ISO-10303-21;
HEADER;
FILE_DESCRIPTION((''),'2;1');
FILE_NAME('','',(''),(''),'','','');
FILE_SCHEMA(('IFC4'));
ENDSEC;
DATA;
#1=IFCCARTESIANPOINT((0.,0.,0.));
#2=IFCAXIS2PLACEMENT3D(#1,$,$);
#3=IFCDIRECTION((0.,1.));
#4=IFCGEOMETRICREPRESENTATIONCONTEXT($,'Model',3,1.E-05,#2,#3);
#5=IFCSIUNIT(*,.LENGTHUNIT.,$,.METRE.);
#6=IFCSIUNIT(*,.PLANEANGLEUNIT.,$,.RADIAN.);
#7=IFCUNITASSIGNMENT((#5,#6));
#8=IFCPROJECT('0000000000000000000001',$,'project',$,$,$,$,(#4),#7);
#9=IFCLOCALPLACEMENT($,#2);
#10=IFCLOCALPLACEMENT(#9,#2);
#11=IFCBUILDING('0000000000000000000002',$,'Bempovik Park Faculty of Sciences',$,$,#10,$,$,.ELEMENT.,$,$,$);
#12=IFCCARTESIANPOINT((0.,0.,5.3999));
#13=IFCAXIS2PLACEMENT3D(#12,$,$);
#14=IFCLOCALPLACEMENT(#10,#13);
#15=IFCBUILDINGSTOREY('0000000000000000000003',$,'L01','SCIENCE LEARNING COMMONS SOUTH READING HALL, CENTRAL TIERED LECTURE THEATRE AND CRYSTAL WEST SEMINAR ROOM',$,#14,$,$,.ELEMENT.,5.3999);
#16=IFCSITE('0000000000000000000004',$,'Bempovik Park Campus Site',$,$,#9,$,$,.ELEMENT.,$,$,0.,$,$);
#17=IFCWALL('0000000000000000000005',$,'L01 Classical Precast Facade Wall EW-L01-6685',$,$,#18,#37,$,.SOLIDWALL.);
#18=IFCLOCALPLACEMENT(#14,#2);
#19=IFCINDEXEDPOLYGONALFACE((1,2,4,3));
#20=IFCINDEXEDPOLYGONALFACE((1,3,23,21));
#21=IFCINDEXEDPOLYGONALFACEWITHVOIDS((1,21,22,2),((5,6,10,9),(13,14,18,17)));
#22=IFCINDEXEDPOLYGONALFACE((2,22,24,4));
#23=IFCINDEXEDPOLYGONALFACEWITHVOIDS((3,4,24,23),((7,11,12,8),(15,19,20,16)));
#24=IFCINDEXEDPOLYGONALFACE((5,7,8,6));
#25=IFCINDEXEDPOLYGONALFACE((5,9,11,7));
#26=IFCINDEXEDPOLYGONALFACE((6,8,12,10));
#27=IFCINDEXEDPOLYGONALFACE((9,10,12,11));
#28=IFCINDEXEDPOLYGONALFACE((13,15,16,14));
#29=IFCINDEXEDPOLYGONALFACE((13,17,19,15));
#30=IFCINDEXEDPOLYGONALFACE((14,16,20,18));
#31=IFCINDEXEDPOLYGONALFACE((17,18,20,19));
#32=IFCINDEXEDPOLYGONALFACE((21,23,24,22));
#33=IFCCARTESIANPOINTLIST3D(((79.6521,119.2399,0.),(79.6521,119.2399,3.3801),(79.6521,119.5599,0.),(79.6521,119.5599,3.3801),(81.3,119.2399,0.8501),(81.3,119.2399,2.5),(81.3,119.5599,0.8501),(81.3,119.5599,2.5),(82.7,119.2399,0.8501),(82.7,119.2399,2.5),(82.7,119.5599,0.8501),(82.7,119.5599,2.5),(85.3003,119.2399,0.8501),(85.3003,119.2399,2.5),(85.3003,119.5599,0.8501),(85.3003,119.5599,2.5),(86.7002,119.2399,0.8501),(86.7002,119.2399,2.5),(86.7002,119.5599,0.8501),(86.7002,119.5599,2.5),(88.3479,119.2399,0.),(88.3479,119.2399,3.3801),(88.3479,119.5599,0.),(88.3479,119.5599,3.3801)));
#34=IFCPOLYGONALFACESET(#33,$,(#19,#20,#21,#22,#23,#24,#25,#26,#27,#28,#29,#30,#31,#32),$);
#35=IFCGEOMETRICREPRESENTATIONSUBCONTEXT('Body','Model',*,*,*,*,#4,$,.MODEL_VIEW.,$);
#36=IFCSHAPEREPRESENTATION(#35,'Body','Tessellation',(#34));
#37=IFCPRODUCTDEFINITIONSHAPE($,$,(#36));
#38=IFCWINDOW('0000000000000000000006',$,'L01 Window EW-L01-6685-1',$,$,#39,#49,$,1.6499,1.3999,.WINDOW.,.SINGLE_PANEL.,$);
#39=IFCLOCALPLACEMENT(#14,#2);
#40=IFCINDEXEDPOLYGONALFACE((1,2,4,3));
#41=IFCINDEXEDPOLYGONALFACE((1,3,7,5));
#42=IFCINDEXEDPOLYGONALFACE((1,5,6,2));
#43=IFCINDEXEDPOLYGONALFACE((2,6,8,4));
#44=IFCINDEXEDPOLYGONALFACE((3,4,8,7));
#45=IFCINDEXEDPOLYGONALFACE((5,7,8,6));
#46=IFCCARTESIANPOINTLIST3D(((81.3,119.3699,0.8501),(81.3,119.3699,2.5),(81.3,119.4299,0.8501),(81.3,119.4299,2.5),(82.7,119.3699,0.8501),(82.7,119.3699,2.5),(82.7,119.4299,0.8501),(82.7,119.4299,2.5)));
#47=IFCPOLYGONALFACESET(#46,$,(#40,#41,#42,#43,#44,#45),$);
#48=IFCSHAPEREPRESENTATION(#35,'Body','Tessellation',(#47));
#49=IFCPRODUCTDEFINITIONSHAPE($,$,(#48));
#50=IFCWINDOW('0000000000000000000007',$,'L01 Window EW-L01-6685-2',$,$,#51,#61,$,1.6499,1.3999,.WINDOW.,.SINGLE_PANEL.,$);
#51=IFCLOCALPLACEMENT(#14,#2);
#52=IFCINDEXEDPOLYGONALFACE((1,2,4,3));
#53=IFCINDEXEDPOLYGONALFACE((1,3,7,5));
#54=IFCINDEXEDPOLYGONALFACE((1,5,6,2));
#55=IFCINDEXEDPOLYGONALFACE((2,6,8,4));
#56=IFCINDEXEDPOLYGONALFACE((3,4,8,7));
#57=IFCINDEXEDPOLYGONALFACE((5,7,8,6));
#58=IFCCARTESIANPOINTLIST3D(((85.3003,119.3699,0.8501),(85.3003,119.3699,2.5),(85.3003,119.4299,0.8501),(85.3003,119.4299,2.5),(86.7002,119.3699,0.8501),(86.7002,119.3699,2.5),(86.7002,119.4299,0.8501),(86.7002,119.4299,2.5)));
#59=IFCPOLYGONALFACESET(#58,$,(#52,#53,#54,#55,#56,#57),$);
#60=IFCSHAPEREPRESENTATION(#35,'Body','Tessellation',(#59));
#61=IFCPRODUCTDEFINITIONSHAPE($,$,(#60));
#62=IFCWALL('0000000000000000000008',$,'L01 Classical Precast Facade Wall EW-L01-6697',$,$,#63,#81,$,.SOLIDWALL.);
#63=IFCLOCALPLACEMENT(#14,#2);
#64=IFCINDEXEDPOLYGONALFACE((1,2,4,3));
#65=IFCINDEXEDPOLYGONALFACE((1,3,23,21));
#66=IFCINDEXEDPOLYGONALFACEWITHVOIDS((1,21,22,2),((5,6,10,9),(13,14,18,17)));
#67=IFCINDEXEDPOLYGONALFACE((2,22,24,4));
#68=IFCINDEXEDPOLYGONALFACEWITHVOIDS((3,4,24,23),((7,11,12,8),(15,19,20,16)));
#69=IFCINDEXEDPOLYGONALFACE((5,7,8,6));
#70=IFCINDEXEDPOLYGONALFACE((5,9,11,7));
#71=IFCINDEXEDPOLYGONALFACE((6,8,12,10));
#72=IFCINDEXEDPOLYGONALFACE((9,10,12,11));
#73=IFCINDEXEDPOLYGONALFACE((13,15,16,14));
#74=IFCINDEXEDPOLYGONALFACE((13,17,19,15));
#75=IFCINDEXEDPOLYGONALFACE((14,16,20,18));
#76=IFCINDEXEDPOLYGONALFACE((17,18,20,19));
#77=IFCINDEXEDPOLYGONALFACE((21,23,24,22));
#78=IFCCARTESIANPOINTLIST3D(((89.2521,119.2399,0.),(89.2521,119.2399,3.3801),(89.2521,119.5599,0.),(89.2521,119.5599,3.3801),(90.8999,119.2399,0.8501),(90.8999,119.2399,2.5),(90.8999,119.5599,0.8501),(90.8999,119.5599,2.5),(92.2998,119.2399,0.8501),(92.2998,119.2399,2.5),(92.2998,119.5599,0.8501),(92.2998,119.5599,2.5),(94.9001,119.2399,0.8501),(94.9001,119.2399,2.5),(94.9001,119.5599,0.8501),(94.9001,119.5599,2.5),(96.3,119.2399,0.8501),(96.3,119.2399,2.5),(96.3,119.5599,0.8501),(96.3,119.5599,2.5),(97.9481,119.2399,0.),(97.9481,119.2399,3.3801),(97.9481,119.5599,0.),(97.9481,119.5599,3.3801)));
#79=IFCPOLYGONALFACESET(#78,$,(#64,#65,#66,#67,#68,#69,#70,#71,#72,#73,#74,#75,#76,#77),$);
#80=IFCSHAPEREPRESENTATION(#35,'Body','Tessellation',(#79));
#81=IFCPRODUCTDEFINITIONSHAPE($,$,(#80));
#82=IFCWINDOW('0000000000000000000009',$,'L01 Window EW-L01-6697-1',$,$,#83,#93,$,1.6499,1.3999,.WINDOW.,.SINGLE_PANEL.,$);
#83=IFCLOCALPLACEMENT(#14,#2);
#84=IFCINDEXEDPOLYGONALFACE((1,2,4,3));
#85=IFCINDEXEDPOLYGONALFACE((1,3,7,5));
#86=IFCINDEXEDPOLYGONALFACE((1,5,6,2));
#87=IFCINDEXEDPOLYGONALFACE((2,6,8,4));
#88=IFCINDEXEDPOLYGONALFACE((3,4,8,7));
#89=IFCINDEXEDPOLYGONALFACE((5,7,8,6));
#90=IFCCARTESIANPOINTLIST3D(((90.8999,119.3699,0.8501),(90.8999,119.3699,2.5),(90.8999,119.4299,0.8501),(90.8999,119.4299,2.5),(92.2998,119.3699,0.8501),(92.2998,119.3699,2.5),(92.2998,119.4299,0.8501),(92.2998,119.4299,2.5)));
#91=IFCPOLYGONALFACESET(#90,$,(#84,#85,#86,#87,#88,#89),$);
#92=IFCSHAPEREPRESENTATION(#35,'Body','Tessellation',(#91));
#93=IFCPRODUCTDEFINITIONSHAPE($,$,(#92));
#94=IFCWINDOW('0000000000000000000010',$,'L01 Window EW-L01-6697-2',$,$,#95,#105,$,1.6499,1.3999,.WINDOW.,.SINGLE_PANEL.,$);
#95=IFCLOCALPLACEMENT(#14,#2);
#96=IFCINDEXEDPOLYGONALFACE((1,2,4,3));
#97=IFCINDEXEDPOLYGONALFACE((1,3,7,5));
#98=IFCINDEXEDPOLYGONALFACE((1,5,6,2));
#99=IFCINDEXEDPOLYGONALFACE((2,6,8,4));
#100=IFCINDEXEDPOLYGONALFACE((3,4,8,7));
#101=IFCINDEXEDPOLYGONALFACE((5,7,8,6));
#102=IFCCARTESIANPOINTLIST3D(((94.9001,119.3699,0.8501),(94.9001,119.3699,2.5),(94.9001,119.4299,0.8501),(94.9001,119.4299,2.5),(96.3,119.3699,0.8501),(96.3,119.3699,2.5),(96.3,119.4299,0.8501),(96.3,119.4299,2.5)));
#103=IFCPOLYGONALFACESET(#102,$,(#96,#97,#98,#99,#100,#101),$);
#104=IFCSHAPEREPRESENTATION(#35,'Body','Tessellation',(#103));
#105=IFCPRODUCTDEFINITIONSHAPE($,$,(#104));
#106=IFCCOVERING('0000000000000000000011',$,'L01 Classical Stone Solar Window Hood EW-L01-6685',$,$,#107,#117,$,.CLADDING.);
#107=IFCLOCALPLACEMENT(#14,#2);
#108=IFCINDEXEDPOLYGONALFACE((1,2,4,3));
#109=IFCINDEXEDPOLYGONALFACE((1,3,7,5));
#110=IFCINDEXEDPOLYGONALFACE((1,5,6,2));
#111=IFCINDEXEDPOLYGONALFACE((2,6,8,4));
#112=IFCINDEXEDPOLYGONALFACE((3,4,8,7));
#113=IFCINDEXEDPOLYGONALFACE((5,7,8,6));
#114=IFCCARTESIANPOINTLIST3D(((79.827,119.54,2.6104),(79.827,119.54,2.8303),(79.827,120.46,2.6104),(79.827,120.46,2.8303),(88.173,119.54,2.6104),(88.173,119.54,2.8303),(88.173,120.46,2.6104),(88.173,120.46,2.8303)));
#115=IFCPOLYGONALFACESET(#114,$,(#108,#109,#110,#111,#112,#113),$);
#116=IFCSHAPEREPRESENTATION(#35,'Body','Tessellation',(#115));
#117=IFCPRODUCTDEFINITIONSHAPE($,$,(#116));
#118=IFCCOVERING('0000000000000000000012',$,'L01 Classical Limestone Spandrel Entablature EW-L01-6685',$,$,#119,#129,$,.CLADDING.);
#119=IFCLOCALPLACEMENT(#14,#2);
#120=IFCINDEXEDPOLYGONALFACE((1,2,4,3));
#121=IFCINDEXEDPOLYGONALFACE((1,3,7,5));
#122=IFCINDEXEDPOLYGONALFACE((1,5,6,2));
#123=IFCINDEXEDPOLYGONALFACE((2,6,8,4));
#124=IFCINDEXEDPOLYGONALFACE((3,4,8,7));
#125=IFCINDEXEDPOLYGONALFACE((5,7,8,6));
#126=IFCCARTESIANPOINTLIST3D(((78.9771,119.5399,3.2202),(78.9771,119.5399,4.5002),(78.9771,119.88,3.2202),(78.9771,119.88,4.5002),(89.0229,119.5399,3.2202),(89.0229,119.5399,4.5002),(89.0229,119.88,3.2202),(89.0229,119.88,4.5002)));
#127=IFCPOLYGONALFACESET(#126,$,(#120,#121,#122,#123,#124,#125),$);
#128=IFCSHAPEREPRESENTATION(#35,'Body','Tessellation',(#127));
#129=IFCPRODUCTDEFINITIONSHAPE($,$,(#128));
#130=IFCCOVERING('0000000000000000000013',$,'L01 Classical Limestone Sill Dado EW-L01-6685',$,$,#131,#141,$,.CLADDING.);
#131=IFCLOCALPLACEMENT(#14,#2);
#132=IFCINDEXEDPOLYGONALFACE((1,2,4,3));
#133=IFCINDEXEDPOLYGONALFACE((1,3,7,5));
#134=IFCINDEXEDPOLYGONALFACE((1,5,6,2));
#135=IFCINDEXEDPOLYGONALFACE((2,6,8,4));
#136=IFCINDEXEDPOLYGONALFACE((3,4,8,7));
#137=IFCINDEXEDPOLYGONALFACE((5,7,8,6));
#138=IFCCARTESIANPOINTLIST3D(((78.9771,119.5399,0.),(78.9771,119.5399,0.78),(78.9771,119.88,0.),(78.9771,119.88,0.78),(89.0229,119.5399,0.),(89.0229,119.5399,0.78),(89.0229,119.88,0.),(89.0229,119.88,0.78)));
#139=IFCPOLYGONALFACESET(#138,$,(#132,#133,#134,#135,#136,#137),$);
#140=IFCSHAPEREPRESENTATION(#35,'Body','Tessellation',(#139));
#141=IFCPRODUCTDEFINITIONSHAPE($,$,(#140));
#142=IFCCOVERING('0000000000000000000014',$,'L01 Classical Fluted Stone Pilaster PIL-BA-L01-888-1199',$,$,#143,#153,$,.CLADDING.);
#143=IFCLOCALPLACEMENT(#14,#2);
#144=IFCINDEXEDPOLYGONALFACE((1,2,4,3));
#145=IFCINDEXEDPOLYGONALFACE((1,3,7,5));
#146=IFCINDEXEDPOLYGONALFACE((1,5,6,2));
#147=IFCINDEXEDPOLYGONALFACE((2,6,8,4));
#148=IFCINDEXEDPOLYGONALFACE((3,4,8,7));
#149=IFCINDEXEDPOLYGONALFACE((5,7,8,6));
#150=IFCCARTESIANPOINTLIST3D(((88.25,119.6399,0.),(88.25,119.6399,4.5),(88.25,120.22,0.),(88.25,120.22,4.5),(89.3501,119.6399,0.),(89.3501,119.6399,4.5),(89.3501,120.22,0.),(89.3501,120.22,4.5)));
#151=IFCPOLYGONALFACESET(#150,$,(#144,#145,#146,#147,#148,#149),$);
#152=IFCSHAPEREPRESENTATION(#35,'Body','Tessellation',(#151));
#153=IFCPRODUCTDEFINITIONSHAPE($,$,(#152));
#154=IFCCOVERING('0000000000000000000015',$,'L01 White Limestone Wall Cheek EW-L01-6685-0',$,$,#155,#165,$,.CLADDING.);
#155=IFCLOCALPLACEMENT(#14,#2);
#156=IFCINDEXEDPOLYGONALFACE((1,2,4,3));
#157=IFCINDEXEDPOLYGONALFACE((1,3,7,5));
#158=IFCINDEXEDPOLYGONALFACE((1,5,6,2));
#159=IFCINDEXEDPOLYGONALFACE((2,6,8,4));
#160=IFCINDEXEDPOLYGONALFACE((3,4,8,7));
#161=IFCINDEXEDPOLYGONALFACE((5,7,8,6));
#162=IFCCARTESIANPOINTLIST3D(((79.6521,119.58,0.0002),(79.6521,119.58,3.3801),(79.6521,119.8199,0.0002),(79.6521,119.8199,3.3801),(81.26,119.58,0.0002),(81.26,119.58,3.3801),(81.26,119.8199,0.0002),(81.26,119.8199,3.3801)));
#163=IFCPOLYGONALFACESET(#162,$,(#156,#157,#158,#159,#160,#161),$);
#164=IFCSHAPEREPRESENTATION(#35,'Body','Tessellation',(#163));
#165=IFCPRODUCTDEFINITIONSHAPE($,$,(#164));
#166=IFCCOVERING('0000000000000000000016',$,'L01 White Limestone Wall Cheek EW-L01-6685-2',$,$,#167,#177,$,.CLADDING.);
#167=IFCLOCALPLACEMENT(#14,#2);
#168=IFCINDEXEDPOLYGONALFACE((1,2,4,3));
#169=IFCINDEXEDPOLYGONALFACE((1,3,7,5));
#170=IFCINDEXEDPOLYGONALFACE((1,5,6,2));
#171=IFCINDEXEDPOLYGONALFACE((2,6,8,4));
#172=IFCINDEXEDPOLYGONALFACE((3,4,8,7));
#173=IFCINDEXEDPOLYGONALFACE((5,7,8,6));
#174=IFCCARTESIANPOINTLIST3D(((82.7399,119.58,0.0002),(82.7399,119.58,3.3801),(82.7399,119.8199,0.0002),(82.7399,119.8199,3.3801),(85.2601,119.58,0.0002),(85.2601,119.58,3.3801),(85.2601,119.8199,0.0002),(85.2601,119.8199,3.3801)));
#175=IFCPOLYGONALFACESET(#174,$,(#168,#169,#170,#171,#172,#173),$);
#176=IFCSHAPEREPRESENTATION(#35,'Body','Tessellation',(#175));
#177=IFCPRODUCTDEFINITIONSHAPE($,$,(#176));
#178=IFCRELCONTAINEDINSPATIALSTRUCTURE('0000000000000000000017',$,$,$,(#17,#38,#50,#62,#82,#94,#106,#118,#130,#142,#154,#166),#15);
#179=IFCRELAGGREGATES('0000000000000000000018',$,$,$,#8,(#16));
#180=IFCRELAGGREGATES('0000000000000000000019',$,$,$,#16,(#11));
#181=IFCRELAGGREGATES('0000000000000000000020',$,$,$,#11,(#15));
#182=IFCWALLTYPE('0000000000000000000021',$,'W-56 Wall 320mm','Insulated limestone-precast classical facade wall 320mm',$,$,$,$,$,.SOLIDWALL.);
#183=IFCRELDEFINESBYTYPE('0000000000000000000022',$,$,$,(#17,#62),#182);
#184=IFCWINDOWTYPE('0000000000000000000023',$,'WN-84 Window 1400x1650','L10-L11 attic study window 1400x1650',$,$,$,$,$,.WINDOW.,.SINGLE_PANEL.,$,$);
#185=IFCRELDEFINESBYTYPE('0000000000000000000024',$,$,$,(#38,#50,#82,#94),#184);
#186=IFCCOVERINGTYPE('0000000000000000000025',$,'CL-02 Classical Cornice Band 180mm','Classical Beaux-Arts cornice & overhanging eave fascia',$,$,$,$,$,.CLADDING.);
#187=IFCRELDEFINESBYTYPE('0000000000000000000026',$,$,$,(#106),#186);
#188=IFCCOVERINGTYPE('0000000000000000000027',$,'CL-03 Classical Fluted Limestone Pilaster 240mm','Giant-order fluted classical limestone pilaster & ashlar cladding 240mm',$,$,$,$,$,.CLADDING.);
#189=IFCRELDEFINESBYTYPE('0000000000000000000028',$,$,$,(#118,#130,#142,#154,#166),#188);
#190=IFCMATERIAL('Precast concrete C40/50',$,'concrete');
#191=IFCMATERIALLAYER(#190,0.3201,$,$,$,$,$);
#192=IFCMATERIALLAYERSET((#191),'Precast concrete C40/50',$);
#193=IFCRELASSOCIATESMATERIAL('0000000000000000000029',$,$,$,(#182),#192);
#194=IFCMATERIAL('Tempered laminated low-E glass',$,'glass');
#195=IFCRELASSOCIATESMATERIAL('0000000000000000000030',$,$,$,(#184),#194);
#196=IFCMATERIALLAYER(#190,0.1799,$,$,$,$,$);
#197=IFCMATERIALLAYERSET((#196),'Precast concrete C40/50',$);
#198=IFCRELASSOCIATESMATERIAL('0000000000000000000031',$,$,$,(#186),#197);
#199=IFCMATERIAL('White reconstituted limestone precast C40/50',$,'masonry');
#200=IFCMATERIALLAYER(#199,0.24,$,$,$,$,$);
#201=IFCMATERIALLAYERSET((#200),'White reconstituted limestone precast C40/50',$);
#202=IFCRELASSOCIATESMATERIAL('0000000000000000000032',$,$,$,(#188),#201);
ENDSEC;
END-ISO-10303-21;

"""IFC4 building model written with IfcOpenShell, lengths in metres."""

from ifc_helpers import new_model, si_unit, direction, frame, frame_2d, origin, origin_2d, place, context, subcontext, project, spatial, rectangle, extrude, material, layer, layer_set, type_object, element, fill, save


model = new_model("IFC4")

# Units and contexts
model_context = context("Model", 3, precision=1e-05, world=origin(), true_north=direction((0.0, 1.0)))
body_context = subcontext(model_context, "Body", "Model", "MODEL_VIEW")
ifc_project = project(units=[si_unit("LENGTHUNIT", "METRE"), si_unit("PLANEANGLEUNIT", "RADIAN")], contexts=[model_context])

# Site, building, storey
site_placement = place(None, origin())
site = spatial("IfcSite", under=ifc_project, at=site_placement, Name="Bempovik Park Campus Site", CompositionType="ELEMENT", RefElevation=0.0)
building_placement = place(site_placement, origin())
building = spatial("IfcBuilding", under=site, at=building_placement, Name="Bempovik Park Faculty of Sciences", CompositionType="ELEMENT")
storey_placement = place(building_placement, frame((0.0, 0.0, 5.3999)))
storey = spatial("IfcBuildingStorey", under=building, at=storey_placement, Name="L01", Description="SCIENCE LEARNING COMMONS SOUTH READING HALL, CENTRAL TIERED LECTURE THEATRE AND CRYSTAL WEST SEMINAR ROOM", CompositionType="ELEMENT", Elevation=5.3999)

# Walls, openings, windows
ifc_material_1 = material(Name="Precast concrete C40/50", Category="concrete")
ifc_layer_1 = layer(ifc_material_1, 0.3201)
ifc_layer_set_1 = layer_set([ifc_layer_1], Name="Precast concrete C40/50")
wall_type = type_object("IfcWallType", Name="W-56 Wall 320mm", Description="Insulated limestone-precast classical facade wall 320mm", PredefinedType="SOLIDWALL", material=ifc_layer_set_1)
wall_1_placement = place(storey_placement, frame((79.6521, 119.3999, 0.0), z_axis=(0.0, 0.0, 1.0), x_axis=(1.0, 0.0, 0.0)))
wall_1 = element("IfcWall", 1, at=wall_1_placement, inside=storey, type_object=wall_type, Name="L01 Classical Precast Facade Wall EW-L01-6685", PredefinedType="SOLIDWALL", context=body_context, shape_type="SweptSolid", body=[
    extrude(rectangle(XDim=8.6958, YDim=0.3201, at=frame_2d((4.3479, 0.0))), origin(), (0.0, 0.0, 1.0), 3.3801),
])
opening_1_placement = place(wall_1_placement, frame((1.6479, 0.0, 0.8501)))
opening_1 = element("IfcOpeningElement", 2, at=opening_1_placement, cuts=wall_1, PredefinedType="OPENING", context=body_context, shape_type="SweptSolid", body=[
    extrude(rectangle(XDim=1.3999, YDim=1.6499, at=frame_2d((0.7, 0.825))), frame((0.0, 0.1699, 0.0), z_axis=(0.0, -1.0, 0.0), x_axis=(1.0, 0.0, 0.0)), (0.0, 0.0, 1.0), 0.3401),
])
opening_2_placement = place(wall_1_placement, frame((5.6482, 0.0, 0.8501)))
opening_2 = element("IfcOpeningElement", 3, at=opening_2_placement, cuts=wall_1, PredefinedType="OPENING", context=body_context, shape_type="SweptSolid", body=[
    extrude(rectangle(XDim=1.3999, YDim=1.6499, at=frame_2d((0.7, 0.825))), frame((0.0, 0.1699, 0.0), z_axis=(0.0, -1.0, 0.0), x_axis=(1.0, 0.0, 0.0)), (0.0, 0.0, 1.0), 0.3401),
])
ifc_material_2 = material(Name="Tempered laminated low-E glass", Category="glass")
window_type = type_object("IfcWindowType", Name="WN-84 Window 1400x1650", Description="L10-L11 attic study window 1400x1650", PartitioningType="SINGLE_PANEL", PredefinedType="WINDOW", material=ifc_material_2)
window_1_placement = place(opening_1_placement, origin())
window_1 = element("IfcWindow", 4, at=window_1_placement, inside=storey, type_object=window_type, Name="L01 Window EW-L01-6685-1", OverallHeight=1.6499, OverallWidth=1.3999, PartitioningType="SINGLE_PANEL", PredefinedType="WINDOW", context=body_context, shape_type="SweptSolid", body=[
    extrude(rectangle(XDim=1.3999, YDim=1.6499, at=frame_2d((0.7, 0.825))), frame((0.0, 0.03, 0.0), z_axis=(0.0, -1.0, 0.0), x_axis=(1.0, 0.0, 0.0)), (0.0, 0.0, 1.0), 0.0601),
])
fill(opening_1, window_1)
window_2_placement = place(opening_2_placement, origin())
window_2 = element("IfcWindow", 5, at=window_2_placement, inside=storey, type_object=window_type, Name="L01 Window EW-L01-6685-2", OverallHeight=1.6499, OverallWidth=1.3999, PartitioningType="SINGLE_PANEL", PredefinedType="WINDOW", context=body_context, shape_type="SweptSolid", body=[
    extrude(rectangle(XDim=1.3999, YDim=1.6499, at=frame_2d((0.7, 0.825))), frame((0.0, 0.03, 0.0), z_axis=(0.0, -1.0, 0.0), x_axis=(1.0, 0.0, 0.0)), (0.0, 0.0, 1.0), 0.0601),
])
fill(opening_2, window_2)
wall_2_placement = place(storey_placement, frame((89.252, 119.3999, 0.0), z_axis=(0.0, 0.0, 1.0), x_axis=(1.0, 0.0, 0.0)))
wall_2 = element("IfcWall", 6, at=wall_2_placement, inside=storey, type_object=wall_type, Name="L01 Classical Precast Facade Wall EW-L01-6697", PredefinedType="SOLIDWALL", context=body_context, shape_type="SweptSolid", body=[
    extrude(rectangle(XDim=8.696, YDim=0.3201, at=frame_2d((4.3481, 0.0))), origin(), (0.0, 0.0, 1.0), 3.3801),
])
opening_3_placement = place(wall_2_placement, frame((1.6479, 0.0, 0.8501)))
opening_3 = element("IfcOpeningElement", 7, at=opening_3_placement, cuts=wall_2, PredefinedType="OPENING", context=body_context, shape_type="SweptSolid", body=[
    extrude(rectangle(XDim=1.3999, YDim=1.6499, at=frame_2d((0.7, 0.825))), frame((0.0, 0.1699, 0.0), z_axis=(0.0, -1.0, 0.0), x_axis=(1.0, 0.0, 0.0)), (0.0, 0.0, 1.0), 0.3401),
])
opening_4_placement = place(wall_2_placement, frame((5.6482, 0.0, 0.8501)))
opening_4 = element("IfcOpeningElement", 8, at=opening_4_placement, cuts=wall_2, PredefinedType="OPENING", context=body_context, shape_type="SweptSolid", body=[
    extrude(rectangle(XDim=1.3999, YDim=1.6499, at=frame_2d((0.7, 0.825))), frame((0.0, 0.1699, 0.0), z_axis=(0.0, -1.0, 0.0), x_axis=(1.0, 0.0, 0.0)), (0.0, 0.0, 1.0), 0.3401),
])
window_3_placement = place(opening_3_placement, origin())
window_3 = element("IfcWindow", 9, at=window_3_placement, inside=storey, type_object=window_type, Name="L01 Window EW-L01-6697-1", OverallHeight=1.6499, OverallWidth=1.3999, PartitioningType="SINGLE_PANEL", PredefinedType="WINDOW", context=body_context, shape_type="SweptSolid", body=[
    extrude(rectangle(XDim=1.3999, YDim=1.6499, at=frame_2d((0.7, 0.825))), frame((0.0, 0.03, 0.0), z_axis=(0.0, -1.0, 0.0), x_axis=(1.0, 0.0, 0.0)), (0.0, 0.0, 1.0), 0.0601),
])
fill(opening_3, window_3)
window_4_placement = place(opening_4_placement, origin())
window_4 = element("IfcWindow", 10, at=window_4_placement, inside=storey, type_object=window_type, Name="L01 Window EW-L01-6697-2", OverallHeight=1.6499, OverallWidth=1.3999, PartitioningType="SINGLE_PANEL", PredefinedType="WINDOW", context=body_context, shape_type="SweptSolid", body=[
    extrude(rectangle(XDim=1.3999, YDim=1.6499, at=frame_2d((0.7, 0.825))), frame((0.0, 0.03, 0.0), z_axis=(0.0, -1.0, 0.0), x_axis=(1.0, 0.0, 0.0)), (0.0, 0.0, 1.0), 0.0601),
])
fill(opening_4, window_4)

# Coverings
ifc_layer_2 = layer(ifc_material_1, 0.1799)
ifc_layer_set_2 = layer_set([ifc_layer_2], Name="Precast concrete C40/50")
covering_type_1 = type_object("IfcCoveringType", Name="CL-02 Classical Cornice Band 180mm", Description="Classical Beaux-Arts cornice & overhanging eave fascia", PredefinedType="CLADDING", material=ifc_layer_set_2)
covering_1_placement = place(storey_placement, frame((84.0, 120.0, 2.6104), z_axis=(0.0, 0.0, 1.0), x_axis=(1.0, 0.0, 0.0)))
element("IfcCovering", 11, at=covering_1_placement, inside=storey, type_object=covering_type_1, Name="L01 Classical Stone Solar Window Hood EW-L01-6685", PredefinedType="CLADDING", context=body_context, shape_type="SweptSolid", body=[
    extrude(rectangle(XDim=8.3459, YDim=0.9199, at=origin_2d()), origin(), (0.0, 0.0, 1.0), 0.22),
])
ifc_material_3 = material(Name="White reconstituted limestone precast C40/50", Category="masonry")
ifc_layer_3 = layer(ifc_material_3, 0.24)
ifc_layer_set_3 = layer_set([ifc_layer_3], Name="White reconstituted limestone precast C40/50")
covering_type_2 = type_object("IfcCoveringType", Name="CL-03 Classical Fluted Limestone Pilaster 240mm", Description="Giant-order fluted classical limestone pilaster & ashlar cladding 240mm", PredefinedType="CLADDING", material=ifc_layer_set_3)
covering_2_placement = place(storey_placement, frame((84.0, 119.71, 3.2202), z_axis=(0.0, 0.0, 1.0), x_axis=(1.0, 0.0, 0.0)))
element("IfcCovering", 12, at=covering_2_placement, inside=storey, type_object=covering_type_2, Name="L01 Classical Limestone Spandrel Entablature EW-L01-6685", PredefinedType="CLADDING", context=body_context, shape_type="SweptSolid", body=[
    extrude(rectangle(XDim=10.0459, YDim=0.3401, at=origin_2d()), origin(), (0.0, 0.0, 1.0), 1.28),
])
covering_3_placement = place(storey_placement, frame((84.0, 119.71, 0.0), z_axis=(0.0, 0.0, 1.0), x_axis=(1.0, 0.0, 0.0)))
element("IfcCovering", 13, at=covering_3_placement, inside=storey, type_object=covering_type_2, Name="L01 Classical Limestone Sill Dado EW-L01-6685", PredefinedType="CLADDING", context=body_context, shape_type="SweptSolid", body=[
    extrude(rectangle(XDim=10.0459, YDim=0.3401, at=origin_2d()), origin(), (0.0, 0.0, 1.0), 0.78),
])
covering_4_placement = place(storey_placement, frame((88.8, 119.9299, 0.0), z_axis=(0.0, 0.0, 1.0), x_axis=(1.0, 0.0, 0.0)))
element("IfcCovering", 14, at=covering_4_placement, inside=storey, type_object=covering_type_2, Name="L01 Classical Fluted Stone Pilaster PIL-BA-L01-888-1199", PredefinedType="CLADDING", context=body_context, shape_type="SweptSolid", body=[
    extrude(rectangle(XDim=1.1001, YDim=0.5801, at=origin_2d()), origin(), (0.0, 0.0, 1.0), 4.5),
])
covering_5_placement = place(storey_placement, frame((80.4561, 119.7, 0.0002), z_axis=(0.0, 0.0, 1.0), x_axis=(1.0, 0.0, 0.0)))
element("IfcCovering", 15, at=covering_5_placement, inside=storey, type_object=covering_type_2, Name="L01 White Limestone Wall Cheek EW-L01-6685-0", PredefinedType="CLADDING", context=body_context, shape_type="SweptSolid", body=[
    extrude(rectangle(XDim=1.6079, YDim=0.24, at=origin_2d()), origin(), (0.0, 0.0, 1.0), 3.3799),
])
covering_6_placement = place(storey_placement, frame((84.0, 119.7, 0.0002), z_axis=(0.0, 0.0, 1.0), x_axis=(1.0, 0.0, 0.0)))
element("IfcCovering", 16, at=covering_6_placement, inside=storey, type_object=covering_type_2, Name="L01 White Limestone Wall Cheek EW-L01-6685-2", PredefinedType="CLADDING", context=body_context, shape_type="SweptSolid", body=[
    extrude(rectangle(XDim=2.5203, YDim=0.24, at=origin_2d()), origin(), (0.0, 0.0, 1.0), 3.3799),
])

save(model, "model.ifc")
